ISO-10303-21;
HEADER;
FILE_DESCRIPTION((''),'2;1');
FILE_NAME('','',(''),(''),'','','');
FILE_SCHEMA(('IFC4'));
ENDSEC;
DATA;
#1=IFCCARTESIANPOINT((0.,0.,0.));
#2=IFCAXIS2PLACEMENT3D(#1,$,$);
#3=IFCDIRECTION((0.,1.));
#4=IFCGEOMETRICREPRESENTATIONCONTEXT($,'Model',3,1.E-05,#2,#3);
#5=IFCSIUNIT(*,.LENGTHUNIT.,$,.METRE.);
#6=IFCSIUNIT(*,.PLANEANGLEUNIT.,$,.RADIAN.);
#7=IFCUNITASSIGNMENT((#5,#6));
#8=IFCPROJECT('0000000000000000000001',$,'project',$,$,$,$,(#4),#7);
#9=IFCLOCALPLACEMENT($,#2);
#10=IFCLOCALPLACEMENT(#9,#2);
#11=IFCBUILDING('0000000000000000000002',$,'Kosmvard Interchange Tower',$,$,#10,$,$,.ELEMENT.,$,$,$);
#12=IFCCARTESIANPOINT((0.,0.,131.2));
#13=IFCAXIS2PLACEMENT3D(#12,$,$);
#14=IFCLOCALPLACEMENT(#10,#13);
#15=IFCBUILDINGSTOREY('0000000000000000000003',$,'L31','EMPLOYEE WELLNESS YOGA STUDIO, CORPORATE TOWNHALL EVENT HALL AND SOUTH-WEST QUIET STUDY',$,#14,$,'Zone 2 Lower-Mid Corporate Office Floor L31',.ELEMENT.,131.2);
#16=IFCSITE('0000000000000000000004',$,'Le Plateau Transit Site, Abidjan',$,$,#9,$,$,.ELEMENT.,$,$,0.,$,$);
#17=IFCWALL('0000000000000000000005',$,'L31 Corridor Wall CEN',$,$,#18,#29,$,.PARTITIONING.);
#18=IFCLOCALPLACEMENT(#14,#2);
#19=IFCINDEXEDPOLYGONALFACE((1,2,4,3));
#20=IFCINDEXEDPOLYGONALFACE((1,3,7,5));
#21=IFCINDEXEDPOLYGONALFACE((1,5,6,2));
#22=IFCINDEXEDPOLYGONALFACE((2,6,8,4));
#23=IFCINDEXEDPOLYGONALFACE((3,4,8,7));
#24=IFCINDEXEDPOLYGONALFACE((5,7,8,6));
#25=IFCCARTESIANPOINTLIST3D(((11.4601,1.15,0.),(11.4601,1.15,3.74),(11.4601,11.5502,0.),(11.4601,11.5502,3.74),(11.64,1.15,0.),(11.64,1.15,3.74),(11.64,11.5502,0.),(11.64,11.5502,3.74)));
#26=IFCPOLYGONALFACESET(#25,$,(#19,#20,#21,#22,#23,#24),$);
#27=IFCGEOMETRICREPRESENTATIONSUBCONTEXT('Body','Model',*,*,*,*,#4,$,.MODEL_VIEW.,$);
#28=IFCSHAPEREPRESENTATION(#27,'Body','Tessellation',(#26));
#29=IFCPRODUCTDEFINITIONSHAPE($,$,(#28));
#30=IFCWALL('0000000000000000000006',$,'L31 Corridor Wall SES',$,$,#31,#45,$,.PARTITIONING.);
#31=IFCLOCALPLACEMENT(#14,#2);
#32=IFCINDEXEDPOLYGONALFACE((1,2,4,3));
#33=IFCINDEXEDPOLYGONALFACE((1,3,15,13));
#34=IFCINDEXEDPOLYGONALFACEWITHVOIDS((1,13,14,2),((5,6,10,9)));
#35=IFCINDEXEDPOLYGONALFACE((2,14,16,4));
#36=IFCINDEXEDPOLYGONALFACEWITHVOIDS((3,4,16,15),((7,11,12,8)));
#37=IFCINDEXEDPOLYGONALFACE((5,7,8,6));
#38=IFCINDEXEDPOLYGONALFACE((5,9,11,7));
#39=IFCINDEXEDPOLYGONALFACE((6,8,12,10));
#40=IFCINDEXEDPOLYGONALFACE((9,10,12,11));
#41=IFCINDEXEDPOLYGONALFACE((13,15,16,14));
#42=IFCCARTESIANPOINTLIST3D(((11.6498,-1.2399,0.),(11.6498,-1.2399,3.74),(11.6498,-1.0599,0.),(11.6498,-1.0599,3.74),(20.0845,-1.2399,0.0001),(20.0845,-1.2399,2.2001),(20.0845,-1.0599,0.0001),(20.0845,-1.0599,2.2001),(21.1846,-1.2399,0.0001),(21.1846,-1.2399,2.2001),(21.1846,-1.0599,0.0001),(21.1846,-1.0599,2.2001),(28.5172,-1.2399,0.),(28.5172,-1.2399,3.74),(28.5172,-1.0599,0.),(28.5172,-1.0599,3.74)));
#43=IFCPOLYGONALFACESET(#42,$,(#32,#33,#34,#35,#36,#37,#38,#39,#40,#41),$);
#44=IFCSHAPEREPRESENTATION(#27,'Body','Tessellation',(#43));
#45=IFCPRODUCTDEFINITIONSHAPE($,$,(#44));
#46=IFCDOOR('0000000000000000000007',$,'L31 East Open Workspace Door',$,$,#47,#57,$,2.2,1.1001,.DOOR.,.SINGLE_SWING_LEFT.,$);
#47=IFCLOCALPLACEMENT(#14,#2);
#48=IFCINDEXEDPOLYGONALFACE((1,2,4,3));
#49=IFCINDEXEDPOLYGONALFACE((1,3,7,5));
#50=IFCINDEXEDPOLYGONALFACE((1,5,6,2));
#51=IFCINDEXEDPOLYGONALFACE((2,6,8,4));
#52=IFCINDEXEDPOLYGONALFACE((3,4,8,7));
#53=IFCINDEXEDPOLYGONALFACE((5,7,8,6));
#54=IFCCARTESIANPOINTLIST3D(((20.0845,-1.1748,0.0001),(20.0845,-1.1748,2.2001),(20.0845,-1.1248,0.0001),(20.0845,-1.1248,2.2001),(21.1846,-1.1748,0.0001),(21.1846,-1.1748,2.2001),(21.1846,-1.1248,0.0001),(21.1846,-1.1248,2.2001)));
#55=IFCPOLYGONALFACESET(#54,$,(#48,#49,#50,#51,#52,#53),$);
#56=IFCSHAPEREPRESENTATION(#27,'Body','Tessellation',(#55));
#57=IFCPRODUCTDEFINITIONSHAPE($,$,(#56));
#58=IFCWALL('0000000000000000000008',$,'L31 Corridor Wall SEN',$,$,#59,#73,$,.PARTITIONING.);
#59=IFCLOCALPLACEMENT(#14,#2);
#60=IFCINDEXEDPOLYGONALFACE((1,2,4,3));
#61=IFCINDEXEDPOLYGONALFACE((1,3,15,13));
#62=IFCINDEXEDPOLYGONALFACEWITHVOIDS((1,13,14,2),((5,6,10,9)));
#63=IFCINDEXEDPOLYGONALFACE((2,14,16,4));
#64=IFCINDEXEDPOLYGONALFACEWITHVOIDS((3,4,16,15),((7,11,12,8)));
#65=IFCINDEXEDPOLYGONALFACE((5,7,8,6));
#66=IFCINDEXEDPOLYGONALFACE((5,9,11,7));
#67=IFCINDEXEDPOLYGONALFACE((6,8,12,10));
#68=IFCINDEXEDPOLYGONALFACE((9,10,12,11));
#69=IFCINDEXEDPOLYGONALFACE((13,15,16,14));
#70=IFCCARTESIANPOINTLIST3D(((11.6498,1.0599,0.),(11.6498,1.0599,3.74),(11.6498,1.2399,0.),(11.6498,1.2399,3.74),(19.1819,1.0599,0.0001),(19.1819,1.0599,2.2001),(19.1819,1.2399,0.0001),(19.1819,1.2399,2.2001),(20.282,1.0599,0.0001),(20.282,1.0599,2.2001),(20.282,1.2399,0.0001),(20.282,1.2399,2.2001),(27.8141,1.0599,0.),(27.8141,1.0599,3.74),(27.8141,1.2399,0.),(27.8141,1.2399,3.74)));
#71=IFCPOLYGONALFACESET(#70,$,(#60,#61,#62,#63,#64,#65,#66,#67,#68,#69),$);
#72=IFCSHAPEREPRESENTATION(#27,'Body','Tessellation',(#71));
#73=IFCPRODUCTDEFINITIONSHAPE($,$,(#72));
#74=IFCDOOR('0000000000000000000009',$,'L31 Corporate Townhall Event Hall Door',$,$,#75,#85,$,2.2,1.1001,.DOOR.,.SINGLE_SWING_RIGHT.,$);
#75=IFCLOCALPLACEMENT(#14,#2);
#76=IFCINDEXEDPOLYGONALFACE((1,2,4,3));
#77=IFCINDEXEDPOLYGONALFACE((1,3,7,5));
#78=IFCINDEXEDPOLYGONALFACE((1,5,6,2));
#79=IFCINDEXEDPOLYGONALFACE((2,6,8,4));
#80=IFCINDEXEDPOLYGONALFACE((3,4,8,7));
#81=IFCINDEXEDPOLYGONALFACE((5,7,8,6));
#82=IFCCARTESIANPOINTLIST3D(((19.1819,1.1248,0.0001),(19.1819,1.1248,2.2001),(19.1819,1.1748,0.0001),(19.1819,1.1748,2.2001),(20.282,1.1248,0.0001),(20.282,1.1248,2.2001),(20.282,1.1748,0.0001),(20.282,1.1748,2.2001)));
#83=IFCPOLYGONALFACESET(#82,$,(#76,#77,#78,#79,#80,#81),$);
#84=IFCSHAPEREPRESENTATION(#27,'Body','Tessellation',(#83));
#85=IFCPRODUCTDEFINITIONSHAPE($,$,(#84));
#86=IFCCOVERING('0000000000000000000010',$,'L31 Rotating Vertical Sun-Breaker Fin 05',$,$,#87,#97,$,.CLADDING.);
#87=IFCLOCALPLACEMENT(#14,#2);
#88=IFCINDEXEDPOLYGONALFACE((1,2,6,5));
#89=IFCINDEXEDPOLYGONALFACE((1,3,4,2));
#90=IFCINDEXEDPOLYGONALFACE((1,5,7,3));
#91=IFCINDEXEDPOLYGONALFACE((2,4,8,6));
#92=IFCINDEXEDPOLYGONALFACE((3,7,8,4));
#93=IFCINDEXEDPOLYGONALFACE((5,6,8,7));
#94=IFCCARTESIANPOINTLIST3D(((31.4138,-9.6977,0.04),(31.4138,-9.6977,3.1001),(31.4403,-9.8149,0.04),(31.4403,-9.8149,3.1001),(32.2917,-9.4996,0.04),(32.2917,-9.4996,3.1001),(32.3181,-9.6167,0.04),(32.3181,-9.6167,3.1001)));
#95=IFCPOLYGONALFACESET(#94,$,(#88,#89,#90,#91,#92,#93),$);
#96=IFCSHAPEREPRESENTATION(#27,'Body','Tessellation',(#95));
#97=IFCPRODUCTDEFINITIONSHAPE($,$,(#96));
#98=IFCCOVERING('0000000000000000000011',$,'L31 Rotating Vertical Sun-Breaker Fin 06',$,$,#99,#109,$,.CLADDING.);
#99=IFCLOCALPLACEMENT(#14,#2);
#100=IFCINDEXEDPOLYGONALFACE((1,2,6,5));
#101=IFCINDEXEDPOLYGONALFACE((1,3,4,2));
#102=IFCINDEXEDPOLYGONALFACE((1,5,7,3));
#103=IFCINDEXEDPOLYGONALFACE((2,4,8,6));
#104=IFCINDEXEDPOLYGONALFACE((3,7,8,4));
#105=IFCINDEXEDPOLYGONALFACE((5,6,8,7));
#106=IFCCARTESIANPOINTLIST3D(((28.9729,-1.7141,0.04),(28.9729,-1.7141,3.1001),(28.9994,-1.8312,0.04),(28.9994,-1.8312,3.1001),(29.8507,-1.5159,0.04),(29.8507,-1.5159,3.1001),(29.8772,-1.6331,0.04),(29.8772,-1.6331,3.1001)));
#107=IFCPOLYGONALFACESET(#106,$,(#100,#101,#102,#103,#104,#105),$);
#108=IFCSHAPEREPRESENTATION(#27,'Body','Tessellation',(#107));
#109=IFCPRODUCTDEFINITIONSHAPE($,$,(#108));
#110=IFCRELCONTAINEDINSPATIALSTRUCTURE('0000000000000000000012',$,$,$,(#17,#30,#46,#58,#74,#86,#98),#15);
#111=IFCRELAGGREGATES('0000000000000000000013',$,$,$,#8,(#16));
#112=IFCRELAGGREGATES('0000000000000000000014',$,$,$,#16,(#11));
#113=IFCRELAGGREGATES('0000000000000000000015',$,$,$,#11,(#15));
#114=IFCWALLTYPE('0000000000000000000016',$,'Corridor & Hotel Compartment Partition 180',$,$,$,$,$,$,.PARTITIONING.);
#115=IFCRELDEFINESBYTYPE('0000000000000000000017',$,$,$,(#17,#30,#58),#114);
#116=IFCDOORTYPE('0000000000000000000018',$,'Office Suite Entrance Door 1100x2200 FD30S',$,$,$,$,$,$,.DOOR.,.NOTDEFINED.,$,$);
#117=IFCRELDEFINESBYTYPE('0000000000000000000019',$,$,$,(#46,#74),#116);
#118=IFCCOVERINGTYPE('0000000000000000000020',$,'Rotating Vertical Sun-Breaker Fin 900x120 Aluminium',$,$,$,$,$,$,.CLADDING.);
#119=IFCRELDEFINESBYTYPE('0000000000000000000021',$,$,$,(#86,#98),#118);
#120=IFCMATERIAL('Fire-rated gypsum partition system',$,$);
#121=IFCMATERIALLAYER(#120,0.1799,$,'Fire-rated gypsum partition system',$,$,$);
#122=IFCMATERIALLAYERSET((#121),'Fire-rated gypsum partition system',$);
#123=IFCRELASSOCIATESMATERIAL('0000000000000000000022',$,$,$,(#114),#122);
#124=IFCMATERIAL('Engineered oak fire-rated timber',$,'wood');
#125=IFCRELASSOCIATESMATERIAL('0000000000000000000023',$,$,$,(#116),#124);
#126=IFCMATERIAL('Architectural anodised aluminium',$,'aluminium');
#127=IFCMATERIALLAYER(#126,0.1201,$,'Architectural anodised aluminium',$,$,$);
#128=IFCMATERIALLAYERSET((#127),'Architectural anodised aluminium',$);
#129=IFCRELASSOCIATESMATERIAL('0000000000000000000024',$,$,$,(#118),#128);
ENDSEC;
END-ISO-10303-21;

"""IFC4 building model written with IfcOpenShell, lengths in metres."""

from ifc_helpers import new_model, si_unit, direction, frame, frame_2d, origin, origin_2d, place, context, subcontext, project, spatial, rectangle, extrude, source, transform, mapped, material, layer, layer_set, type_object, element, fill, save


model = new_model("IFC4")

# Units and contexts
model_context = context("Model", 3, precision=1e-05, world=origin(), true_north=direction((0.0, 1.0)))
body_context = subcontext(model_context, "Body", "Model", "MODEL_VIEW")
ifc_project = project(units=[si_unit("LENGTHUNIT", "METRE"), si_unit("PLANEANGLEUNIT", "RADIAN")], contexts=[model_context])

# Site, building, storey
site_placement = place(None, origin())
site = spatial("IfcSite", under=ifc_project, at=site_placement, Name="Le Plateau Transit Site, Abidjan", CompositionType="ELEMENT", RefElevation=0.0)
building_placement = place(site_placement, origin())
building = spatial("IfcBuilding", under=site, at=building_placement, Name="Kosmvard Interchange Tower", CompositionType="ELEMENT")
storey_placement = place(building_placement, frame((0.0, 0.0, 131.2)))
storey = spatial("IfcBuildingStorey", under=building, at=storey_placement, Name="L31", Description="EMPLOYEE WELLNESS YOGA STUDIO, CORPORATE TOWNHALL EVENT HALL AND SOUTH-WEST QUIET STUDY", LongName="Zone 2 Lower-Mid Corporate Office Floor L31", CompositionType="ELEMENT", Elevation=131.2)

# Wall
ifc_material_1 = material(Name="Fire-rated gypsum partition system")
ifc_layer_1 = layer(ifc_material_1, 0.1799, Name="Fire-rated gypsum partition system")
ifc_layer_set_1 = layer_set([ifc_layer_1], Name="Fire-rated gypsum partition system")
wall_type = type_object("IfcWallType", Name="Corridor & Hotel Compartment Partition 180", PredefinedType="PARTITIONING", material=ifc_layer_set_1)
wall_1_placement = place(storey_placement, frame((11.55, 1.1499, 0.0), z_axis=(0.0, 0.0, 1.0), x_axis=(0.0, 1.0, 0.0)))
element("IfcWall", 1, at=wall_1_placement, inside=storey, type_object=wall_type, Name="L31 Corridor Wall CEN", PredefinedType="PARTITIONING", context=body_context, shape_type="SweptSolid", body=[
    extrude(rectangle(XDim=10.4001, YDim=0.1799, at=frame_2d((5.2002, 0.0))), origin(), (0.0, 0.0, 1.0), 3.74),
])

# Walls, openings, doors
wall_2_placement = place(storey_placement, frame((11.6499, -1.1499, 0.0), z_axis=(0.0, 0.0, 1.0), x_axis=(1.0, 0.0, 0.0)))
wall_2 = element("IfcWall", 2, at=wall_2_placement, inside=storey, type_object=wall_type, Name="L31 Corridor Wall SES", PredefinedType="PARTITIONING", context=body_context, shape_type="SweptSolid", body=[
    extrude(rectangle(XDim=16.8674, YDim=0.1799, at=frame_2d((8.4336, 0.0))), origin(), (0.0, 0.0, 1.0), 3.74),
])
opening_1_placement = place(wall_2_placement, frame((8.4346, 0.0, 0.0)))
opening_1 = element("IfcOpeningElement", 3, at=opening_1_placement, cuts=wall_2, PredefinedType="OPENING", context=body_context, shape_type="SweptSolid", body=[
    extrude(rectangle(XDim=1.1001, YDim=2.2, at=frame_2d((0.55, 1.1001))), frame((0.0, 0.1001, 0.0), z_axis=(0.0, -1.0, 0.0), x_axis=(1.0, 0.0, 0.0)), (0.0, 0.0, 1.0), 0.2),
])
ifc_material_2 = material(Name="Engineered oak fire-rated timber", Category="wood")
door_type = type_object("IfcDoorType", Name="Office Suite Entrance Door 1100x2200 FD30S", OperationType="NOTDEFINED", PredefinedType="DOOR", material=ifc_material_2)
shared_shape_1 = source(origin(), body_context, "Body", "SweptSolid", [
    extrude(rectangle(XDim=1.1001, YDim=2.2, at=frame_2d((0.55, 1.1001))), frame((0.0, 0.0249, 0.0), z_axis=(0.0, -1.0, 0.0), x_axis=(1.0, 0.0, 0.0)), (0.0, 0.0, 1.0), 0.05),
])
door_1_placement = place(opening_1_placement, frame((1.1001, 0.0, 0.0), z_axis=(0.0, 0.0, 1.0), x_axis=(-1.0, 0.0, 0.0)))
door_1 = element("IfcDoor", 4, at=door_1_placement, inside=storey, type_object=door_type, Name="L31 East Open Workspace Door", OperationType="SINGLE_SWING_LEFT", OverallHeight=2.2, OverallWidth=1.1001, PredefinedType="DOOR", context=body_context, shape_type="MappedRepresentation", body=[
    mapped(shared_shape_1, transform((0.0, 0.0, 0.0), scale=1.0)),
])
fill(opening_1, door_1)
wall_3_placement = place(storey_placement, frame((11.6499, 1.1499, 0.0), z_axis=(0.0, 0.0, 1.0), x_axis=(1.0, 0.0, 0.0)))
wall_3 = element("IfcWall", 5, at=wall_3_placement, inside=storey, type_object=wall_type, Name="L31 Corridor Wall SEN", PredefinedType="PARTITIONING", context=body_context, shape_type="SweptSolid", body=[
    extrude(rectangle(XDim=16.1643, YDim=0.1799, at=frame_2d((8.082, 0.0))), origin(), (0.0, 0.0, 1.0), 3.74),
])
opening_2_placement = place(wall_3_placement, frame((7.532, 0.0, 0.0)))
opening_2 = element("IfcOpeningElement", 6, at=opening_2_placement, cuts=wall_3, PredefinedType="OPENING", context=body_context, shape_type="SweptSolid", body=[
    extrude(rectangle(XDim=1.1001, YDim=2.2, at=frame_2d((0.55, 1.1001))), frame((0.0, 0.1001, 0.0), z_axis=(0.0, -1.0, 0.0), x_axis=(1.0, 0.0, 0.0)), (0.0, 0.0, 1.0), 0.2),
])
door_2_placement = place(opening_2_placement, origin())
door_2 = element("IfcDoor", 7, at=door_2_placement, inside=storey, type_object=door_type, Name="L31 Corporate Townhall Event Hall Door", OperationType="SINGLE_SWING_RIGHT", OverallHeight=2.2, OverallWidth=1.1001, PredefinedType="DOOR", context=body_context, shape_type="MappedRepresentation", body=[
    mapped(shared_shape_1, transform((0.0, 0.0, 0.0), scale=1.0)),
])
fill(opening_2, door_2)

# Coverings
ifc_material_3 = material(Name="Architectural anodised aluminium", Category="aluminium")
ifc_layer_2 = layer(ifc_material_3, 0.1201, Name="Architectural anodised aluminium")
ifc_layer_set_2 = layer_set([ifc_layer_2], Name="Architectural anodised aluminium")
covering_type = type_object("IfcCoveringType", Name="Rotating Vertical Sun-Breaker Fin 900x120 Aluminium", PredefinedType="CLADDING", material=ifc_layer_set_2)
shared_shape_2 = source(origin(), body_context, "Body", "SweptSolid", [
    extrude(rectangle(XDim=0.8999, YDim=0.1201, at=origin_2d()), origin(), (0.0, 0.0, 1.0), 3.0601),
])
for number, where, z_axis, x_axis, name in (
    (8, (31.866, -9.6572, 0.04), (0.0, 0.0, 1.0), (0.975458, 0.220187, 0.0), "L31 Rotating Vertical Sun-Breaker Fin 05"),
    (9, (29.425, -1.6736, 0.04), (0.0, 0.0, 1.0), (0.975458, 0.220187, 0.0), "L31 Rotating Vertical Sun-Breaker Fin 06"),
):
    element("IfcCovering", number, at=place(storey_placement, frame(where, z_axis=z_axis, x_axis=x_axis)), inside=storey, type_object=covering_type, Name=name, PredefinedType="CLADDING", context=body_context, shape_type="MappedRepresentation", body=[
        mapped(shared_shape_2, transform((0.0, 0.0, 0.0), scale=1.0)),
    ])

save(model, "model.ifc")
